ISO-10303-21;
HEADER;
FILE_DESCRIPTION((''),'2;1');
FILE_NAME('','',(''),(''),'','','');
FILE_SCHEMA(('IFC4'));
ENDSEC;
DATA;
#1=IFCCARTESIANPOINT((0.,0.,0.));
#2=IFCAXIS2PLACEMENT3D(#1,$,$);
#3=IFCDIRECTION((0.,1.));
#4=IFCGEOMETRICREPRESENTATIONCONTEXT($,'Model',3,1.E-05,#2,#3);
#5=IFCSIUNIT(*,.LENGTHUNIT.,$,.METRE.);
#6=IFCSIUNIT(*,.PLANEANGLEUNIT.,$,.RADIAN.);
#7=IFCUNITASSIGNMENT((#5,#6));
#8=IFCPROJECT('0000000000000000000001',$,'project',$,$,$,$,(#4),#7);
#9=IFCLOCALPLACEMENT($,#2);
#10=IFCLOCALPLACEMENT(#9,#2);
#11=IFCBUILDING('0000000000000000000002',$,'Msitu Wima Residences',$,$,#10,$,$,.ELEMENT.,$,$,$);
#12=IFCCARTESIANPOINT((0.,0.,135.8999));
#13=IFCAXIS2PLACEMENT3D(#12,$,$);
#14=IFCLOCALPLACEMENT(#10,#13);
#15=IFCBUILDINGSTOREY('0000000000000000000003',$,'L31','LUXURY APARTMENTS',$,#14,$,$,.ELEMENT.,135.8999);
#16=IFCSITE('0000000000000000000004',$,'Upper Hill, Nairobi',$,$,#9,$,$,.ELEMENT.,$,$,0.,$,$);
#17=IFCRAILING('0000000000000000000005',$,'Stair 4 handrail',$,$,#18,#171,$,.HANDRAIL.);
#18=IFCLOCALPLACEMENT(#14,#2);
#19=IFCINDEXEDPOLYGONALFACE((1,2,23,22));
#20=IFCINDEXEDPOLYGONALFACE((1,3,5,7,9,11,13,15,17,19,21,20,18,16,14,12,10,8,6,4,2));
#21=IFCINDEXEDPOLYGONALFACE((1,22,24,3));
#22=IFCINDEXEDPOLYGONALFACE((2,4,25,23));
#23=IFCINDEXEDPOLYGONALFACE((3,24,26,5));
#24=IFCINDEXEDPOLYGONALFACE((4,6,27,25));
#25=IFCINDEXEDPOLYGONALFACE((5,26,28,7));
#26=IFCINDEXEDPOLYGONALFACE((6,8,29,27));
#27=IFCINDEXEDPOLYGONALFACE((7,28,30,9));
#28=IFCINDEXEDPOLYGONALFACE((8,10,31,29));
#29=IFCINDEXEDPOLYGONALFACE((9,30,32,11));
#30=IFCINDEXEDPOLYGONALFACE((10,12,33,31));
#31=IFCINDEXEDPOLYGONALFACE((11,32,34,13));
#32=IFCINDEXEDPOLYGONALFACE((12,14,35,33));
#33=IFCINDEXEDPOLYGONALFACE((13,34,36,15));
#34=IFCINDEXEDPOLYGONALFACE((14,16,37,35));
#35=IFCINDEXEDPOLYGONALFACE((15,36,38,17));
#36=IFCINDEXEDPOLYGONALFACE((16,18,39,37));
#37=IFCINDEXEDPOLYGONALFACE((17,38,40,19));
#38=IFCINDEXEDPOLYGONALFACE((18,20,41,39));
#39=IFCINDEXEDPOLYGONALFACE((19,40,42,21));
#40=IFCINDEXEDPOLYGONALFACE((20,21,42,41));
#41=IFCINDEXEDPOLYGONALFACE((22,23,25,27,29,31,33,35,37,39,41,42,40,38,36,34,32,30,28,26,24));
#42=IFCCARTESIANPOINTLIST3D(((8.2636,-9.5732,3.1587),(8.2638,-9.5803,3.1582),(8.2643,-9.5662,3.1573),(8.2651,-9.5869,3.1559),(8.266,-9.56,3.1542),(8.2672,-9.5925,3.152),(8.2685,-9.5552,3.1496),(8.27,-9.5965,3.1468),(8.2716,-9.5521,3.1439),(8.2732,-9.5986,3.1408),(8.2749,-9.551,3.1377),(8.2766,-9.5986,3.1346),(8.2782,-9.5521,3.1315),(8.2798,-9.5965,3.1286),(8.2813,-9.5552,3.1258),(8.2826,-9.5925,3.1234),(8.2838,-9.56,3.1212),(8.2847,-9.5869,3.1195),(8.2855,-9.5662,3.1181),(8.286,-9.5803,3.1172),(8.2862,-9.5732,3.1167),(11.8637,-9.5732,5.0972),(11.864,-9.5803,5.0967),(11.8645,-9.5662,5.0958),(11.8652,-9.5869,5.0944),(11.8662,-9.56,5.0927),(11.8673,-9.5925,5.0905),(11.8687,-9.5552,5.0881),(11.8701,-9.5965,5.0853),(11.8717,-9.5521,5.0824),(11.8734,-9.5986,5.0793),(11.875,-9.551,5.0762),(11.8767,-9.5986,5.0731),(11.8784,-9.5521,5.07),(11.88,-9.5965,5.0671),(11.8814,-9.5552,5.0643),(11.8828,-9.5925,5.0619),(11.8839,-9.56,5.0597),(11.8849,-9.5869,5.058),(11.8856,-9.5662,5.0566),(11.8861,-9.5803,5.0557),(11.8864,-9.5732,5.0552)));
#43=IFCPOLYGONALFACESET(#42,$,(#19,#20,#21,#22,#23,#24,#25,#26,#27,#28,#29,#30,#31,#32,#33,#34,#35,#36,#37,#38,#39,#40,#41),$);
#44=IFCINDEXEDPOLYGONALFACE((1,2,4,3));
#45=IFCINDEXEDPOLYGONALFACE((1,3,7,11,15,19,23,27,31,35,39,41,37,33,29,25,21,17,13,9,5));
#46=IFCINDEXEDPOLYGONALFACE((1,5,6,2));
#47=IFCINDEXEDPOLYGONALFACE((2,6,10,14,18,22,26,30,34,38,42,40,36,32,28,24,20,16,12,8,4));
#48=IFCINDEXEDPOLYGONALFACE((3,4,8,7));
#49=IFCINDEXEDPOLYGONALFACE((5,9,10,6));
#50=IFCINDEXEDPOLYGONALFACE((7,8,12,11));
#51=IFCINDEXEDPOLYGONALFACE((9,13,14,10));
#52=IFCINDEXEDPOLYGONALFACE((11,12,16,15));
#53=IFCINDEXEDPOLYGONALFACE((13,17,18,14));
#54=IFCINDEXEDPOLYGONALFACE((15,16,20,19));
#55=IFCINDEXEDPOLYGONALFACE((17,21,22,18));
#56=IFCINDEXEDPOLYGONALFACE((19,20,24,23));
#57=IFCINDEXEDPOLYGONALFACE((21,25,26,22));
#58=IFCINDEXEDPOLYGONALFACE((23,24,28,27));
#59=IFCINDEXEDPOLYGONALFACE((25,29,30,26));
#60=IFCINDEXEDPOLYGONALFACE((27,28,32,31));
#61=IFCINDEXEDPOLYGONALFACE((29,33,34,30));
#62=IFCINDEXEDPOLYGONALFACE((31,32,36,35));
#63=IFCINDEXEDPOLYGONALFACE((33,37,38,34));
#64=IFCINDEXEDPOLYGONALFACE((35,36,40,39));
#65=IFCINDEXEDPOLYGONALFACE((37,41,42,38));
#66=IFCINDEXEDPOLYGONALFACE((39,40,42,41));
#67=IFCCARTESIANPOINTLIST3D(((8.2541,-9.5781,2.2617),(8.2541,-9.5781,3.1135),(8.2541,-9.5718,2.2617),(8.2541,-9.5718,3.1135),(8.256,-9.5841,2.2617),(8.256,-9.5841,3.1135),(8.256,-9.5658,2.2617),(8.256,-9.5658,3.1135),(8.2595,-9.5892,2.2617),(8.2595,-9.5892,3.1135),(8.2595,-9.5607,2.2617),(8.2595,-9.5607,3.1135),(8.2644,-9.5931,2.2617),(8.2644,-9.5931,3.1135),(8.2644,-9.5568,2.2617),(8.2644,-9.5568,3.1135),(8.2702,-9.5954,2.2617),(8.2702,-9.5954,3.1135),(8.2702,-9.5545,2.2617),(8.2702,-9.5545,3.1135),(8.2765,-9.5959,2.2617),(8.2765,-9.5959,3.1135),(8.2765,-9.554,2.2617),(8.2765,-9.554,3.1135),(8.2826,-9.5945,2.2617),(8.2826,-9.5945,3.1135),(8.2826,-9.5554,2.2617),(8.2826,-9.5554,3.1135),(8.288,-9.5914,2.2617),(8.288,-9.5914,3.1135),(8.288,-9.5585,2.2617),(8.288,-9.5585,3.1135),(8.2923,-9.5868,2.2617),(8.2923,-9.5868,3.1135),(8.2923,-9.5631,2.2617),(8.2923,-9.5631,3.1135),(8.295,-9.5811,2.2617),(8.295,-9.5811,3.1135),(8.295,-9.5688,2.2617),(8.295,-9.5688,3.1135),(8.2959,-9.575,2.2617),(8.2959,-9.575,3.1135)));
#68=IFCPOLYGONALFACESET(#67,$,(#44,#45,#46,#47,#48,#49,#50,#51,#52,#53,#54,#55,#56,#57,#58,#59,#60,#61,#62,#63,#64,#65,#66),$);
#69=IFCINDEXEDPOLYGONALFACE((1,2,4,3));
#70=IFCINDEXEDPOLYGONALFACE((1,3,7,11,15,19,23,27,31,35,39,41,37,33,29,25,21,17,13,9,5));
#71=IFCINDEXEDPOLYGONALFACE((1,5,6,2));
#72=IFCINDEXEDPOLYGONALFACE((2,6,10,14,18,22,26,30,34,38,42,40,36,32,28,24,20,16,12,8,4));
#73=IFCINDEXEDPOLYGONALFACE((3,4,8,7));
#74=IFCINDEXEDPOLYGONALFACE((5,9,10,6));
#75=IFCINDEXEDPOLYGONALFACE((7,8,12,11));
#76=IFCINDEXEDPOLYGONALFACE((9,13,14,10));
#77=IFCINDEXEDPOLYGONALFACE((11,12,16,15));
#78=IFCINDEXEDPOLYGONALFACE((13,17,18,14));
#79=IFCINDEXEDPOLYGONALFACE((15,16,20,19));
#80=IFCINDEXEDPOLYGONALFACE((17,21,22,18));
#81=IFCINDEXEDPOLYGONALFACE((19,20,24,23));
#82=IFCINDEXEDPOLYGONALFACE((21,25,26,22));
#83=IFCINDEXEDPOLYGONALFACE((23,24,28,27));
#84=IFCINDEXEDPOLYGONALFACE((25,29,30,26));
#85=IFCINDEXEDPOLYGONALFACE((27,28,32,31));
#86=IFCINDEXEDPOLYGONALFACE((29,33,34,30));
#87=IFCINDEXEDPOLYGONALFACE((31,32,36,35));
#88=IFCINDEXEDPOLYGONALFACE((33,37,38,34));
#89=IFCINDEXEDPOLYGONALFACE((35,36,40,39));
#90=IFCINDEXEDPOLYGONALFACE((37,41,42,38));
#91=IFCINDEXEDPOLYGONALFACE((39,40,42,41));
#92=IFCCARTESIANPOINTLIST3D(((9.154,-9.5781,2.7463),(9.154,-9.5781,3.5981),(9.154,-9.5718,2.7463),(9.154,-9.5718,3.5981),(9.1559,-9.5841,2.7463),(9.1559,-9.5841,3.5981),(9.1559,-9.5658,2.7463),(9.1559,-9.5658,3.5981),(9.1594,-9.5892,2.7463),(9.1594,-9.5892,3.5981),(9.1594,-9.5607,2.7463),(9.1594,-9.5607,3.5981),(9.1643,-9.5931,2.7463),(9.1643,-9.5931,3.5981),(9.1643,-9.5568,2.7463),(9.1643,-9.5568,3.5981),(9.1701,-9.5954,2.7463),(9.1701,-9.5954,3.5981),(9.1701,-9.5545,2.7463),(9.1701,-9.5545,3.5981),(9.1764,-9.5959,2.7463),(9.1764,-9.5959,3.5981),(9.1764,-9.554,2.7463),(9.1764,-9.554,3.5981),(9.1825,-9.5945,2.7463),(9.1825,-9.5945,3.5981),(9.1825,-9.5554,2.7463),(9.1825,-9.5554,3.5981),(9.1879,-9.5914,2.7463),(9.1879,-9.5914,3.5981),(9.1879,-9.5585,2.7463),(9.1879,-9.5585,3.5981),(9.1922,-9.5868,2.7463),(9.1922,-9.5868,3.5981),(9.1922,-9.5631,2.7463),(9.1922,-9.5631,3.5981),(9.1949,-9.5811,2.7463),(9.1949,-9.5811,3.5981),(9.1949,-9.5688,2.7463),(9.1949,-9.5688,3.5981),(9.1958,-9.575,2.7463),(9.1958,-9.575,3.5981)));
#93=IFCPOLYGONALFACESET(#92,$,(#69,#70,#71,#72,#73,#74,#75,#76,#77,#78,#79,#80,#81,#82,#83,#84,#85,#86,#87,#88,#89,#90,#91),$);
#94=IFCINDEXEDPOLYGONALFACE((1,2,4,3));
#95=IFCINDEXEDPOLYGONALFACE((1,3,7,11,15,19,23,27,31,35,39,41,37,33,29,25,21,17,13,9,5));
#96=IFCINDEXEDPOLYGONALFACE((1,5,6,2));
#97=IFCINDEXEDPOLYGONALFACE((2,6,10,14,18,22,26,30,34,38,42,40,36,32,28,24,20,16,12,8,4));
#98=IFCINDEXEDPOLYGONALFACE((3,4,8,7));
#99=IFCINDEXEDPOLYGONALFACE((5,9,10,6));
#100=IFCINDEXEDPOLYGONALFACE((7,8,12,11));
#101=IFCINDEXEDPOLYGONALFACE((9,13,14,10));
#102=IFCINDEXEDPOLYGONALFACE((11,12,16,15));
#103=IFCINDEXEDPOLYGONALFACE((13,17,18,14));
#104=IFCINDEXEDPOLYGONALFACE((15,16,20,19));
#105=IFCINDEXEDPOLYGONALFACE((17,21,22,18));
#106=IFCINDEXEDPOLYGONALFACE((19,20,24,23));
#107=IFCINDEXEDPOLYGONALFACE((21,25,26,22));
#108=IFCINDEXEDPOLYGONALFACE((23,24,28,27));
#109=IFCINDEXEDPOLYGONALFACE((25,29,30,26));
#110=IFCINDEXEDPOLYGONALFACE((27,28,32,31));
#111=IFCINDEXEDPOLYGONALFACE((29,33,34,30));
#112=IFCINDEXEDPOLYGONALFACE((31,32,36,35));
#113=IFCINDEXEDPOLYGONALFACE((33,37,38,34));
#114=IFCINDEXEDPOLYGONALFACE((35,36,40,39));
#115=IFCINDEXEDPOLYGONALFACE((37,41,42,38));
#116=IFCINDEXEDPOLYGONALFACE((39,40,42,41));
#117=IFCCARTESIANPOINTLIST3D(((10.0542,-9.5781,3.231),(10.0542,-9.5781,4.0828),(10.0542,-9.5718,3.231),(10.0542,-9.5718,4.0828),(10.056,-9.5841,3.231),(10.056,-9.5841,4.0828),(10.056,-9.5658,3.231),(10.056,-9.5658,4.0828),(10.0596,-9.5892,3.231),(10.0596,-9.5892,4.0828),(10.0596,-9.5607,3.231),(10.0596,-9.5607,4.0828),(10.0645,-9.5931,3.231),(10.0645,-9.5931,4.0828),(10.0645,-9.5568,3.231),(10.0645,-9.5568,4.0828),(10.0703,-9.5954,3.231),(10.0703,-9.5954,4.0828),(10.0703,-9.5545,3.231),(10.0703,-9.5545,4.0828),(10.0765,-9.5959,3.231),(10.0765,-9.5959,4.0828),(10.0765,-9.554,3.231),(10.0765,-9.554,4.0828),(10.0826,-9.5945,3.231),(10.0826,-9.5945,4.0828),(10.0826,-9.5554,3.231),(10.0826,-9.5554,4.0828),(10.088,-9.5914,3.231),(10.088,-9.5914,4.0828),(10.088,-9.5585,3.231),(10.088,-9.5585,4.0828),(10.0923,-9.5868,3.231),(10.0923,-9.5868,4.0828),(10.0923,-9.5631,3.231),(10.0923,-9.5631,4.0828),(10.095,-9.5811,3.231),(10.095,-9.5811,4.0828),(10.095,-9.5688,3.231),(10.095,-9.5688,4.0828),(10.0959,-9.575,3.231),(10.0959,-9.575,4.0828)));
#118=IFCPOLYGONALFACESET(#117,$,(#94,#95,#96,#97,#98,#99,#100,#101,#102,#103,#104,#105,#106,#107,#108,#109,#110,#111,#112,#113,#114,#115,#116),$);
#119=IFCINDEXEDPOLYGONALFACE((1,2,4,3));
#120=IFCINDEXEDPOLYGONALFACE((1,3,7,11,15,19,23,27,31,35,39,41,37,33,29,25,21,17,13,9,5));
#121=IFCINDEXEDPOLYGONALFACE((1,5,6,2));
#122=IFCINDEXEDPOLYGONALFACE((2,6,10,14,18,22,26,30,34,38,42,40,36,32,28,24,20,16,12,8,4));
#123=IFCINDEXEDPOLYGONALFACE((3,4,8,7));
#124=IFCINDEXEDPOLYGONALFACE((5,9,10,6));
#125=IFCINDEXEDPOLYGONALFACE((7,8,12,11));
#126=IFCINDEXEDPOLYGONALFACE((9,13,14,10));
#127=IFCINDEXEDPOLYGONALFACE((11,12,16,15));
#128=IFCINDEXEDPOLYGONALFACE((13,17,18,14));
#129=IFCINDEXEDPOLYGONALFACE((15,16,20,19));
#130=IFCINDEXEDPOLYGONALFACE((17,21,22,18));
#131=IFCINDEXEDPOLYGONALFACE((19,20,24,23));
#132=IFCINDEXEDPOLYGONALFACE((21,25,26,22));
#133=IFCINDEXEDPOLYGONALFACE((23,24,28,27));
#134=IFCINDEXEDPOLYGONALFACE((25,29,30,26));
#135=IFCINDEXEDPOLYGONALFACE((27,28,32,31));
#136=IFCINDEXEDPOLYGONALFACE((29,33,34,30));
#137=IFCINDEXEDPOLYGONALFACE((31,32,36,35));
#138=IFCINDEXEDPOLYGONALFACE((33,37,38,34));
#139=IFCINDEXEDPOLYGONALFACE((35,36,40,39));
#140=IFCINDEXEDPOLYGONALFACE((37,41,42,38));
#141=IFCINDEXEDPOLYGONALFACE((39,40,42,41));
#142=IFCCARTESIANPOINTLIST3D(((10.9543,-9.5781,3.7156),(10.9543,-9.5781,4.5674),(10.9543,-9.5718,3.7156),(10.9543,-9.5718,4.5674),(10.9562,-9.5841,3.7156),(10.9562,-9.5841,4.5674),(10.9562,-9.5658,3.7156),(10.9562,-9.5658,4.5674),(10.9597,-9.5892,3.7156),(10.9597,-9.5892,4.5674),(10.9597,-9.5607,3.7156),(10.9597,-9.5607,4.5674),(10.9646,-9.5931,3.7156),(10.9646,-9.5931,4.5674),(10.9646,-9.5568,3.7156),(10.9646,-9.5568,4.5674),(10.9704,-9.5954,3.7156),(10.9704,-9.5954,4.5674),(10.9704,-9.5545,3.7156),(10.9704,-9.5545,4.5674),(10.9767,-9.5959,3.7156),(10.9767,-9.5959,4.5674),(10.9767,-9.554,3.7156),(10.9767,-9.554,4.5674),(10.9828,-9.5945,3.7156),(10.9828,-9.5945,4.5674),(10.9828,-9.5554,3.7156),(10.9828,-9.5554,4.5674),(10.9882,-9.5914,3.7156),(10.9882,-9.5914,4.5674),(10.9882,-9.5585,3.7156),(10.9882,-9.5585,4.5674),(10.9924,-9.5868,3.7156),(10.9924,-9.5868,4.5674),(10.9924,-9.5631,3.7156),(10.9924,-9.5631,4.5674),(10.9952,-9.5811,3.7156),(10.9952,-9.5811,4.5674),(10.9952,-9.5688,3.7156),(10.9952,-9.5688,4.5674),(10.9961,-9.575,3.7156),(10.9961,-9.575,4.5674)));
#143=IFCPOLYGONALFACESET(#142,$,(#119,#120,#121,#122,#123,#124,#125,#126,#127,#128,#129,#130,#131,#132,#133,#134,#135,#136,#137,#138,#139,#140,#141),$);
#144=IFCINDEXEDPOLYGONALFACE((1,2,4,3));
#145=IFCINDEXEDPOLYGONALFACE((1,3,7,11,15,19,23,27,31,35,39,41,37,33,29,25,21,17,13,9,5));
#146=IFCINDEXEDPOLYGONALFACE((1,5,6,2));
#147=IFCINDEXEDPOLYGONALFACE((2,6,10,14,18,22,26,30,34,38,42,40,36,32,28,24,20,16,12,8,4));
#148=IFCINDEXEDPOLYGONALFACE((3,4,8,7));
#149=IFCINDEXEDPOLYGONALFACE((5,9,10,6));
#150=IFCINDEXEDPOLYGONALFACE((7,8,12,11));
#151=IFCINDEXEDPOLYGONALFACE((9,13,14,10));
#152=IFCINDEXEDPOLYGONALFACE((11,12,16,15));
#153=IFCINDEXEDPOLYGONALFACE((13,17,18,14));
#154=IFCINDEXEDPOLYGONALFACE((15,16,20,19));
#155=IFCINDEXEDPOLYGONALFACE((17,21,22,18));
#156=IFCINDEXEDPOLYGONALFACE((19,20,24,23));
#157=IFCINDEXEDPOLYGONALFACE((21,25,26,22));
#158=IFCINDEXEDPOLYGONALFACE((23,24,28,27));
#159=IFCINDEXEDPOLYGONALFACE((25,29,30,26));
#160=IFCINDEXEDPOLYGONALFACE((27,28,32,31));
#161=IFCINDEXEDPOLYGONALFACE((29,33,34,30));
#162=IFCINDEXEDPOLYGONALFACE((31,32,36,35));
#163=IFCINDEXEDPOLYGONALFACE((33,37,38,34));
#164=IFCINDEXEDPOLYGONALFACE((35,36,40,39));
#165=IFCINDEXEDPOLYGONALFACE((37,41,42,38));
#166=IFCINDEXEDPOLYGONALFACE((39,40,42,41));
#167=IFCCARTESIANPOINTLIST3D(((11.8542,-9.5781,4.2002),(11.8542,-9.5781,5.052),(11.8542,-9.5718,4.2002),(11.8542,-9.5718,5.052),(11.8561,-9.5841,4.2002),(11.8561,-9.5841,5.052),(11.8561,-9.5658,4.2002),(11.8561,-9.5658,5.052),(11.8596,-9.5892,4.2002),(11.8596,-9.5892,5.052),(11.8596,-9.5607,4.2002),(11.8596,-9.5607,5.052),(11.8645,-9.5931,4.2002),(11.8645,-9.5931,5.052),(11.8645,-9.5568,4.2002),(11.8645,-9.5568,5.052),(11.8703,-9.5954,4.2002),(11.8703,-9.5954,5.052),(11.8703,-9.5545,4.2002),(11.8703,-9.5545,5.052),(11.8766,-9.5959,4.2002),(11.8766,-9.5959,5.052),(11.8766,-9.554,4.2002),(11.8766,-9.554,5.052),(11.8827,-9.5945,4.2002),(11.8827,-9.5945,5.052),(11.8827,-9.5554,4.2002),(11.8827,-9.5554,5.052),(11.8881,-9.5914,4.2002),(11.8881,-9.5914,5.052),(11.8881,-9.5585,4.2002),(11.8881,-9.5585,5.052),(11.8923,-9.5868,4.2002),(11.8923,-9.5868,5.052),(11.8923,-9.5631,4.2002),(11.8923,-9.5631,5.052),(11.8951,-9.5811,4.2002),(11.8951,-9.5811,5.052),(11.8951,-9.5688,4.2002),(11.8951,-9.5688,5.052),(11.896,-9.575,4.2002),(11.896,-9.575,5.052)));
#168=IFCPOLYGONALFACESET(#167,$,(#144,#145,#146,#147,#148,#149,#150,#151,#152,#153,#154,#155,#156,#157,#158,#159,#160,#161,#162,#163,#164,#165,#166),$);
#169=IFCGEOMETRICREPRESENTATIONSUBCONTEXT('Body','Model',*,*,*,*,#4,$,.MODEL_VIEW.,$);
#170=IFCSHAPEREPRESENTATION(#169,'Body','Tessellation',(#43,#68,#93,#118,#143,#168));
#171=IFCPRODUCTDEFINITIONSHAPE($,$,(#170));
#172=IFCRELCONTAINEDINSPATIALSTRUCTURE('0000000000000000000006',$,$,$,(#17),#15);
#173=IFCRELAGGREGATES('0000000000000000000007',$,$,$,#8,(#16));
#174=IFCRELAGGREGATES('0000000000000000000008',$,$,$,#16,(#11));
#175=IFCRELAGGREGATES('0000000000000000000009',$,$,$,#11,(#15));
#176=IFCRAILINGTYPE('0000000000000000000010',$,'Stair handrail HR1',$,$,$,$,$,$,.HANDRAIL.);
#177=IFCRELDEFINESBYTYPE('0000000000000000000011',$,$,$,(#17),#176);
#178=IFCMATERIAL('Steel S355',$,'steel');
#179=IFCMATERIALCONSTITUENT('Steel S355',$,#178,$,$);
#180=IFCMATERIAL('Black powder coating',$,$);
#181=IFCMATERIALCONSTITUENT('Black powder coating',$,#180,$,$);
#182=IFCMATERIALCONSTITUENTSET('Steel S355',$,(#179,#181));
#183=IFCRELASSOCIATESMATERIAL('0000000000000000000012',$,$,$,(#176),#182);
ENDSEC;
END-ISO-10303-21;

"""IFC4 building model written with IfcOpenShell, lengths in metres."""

from ifc_helpers import new_model, si_unit, direction, frame, origin, origin_2d, place, context, subcontext, project, spatial, circle, extrude, material, constituent, constituent_set, type_object, element, save


model = new_model("IFC4")

# Units and contexts
model_context = context("Model", 3, precision=1e-05, world=origin(), true_north=direction((0.0, 1.0)))
body_context = subcontext(model_context, "Body", "Model", "MODEL_VIEW")
ifc_project = project(units=[si_unit("LENGTHUNIT", "METRE"), si_unit("PLANEANGLEUNIT", "RADIAN")], contexts=[model_context])

# Site, building, storey
site_placement = place(None, origin())
site = spatial("IfcSite", under=ifc_project, at=site_placement, Name="Upper Hill, Nairobi", CompositionType="ELEMENT", RefElevation=0.0)
building_placement = place(site_placement, origin())
building = spatial("IfcBuilding", under=site, at=building_placement, Name="Msitu Wima Residences", CompositionType="ELEMENT")
storey_placement = place(building_placement, frame((0.0, 0.0, 135.8999)))
storey = spatial("IfcBuildingStorey", under=building, at=storey_placement, Name="L31", Description="LUXURY APARTMENTS", CompositionType="ELEMENT", Elevation=135.8999)

# Railing
ifc_material_1 = material(Name="Steel S355", Category="steel")
ifc_constituent_1 = constituent(ifc_material_1, Name="Steel S355")
ifc_material_2 = material(Name="Black powder coating")
ifc_constituent_2 = constituent(ifc_material_2, Name="Black powder coating")
ifc_constituent_set = constituent_set(constituents=[ifc_constituent_1, ifc_constituent_2], Name="Steel S355")
railing_type = type_object("IfcRailingType", Name="Stair handrail HR1", PredefinedType="HANDRAIL", material=ifc_constituent_set)
for number, where, name in (
    (1, (8.2749, -9.575, 2.2617), "Stair 4 handrail"),
):
    element("IfcRailing", number, at=place(storey_placement, frame(where)), inside=storey, type_object=railing_type, Name=name, PredefinedType="HANDRAIL", context=body_context, shape_type="SweptSolid", body=[
        extrude(circle(Radius=0.0239, at=origin_2d()), frame((0.0, 0.0, 0.876), z_axis=(0.880475, 0.0, 0.474093), x_axis=(0.0, 1.0, 0.0)), (0.0, 0.0, 1.0), 4.0889),
        extrude(circle(Radius=0.021, at=origin_2d()), origin(), (0.0, 0.0, 1.0), 0.8518),
        extrude(circle(Radius=0.021, at=origin_2d()), frame((0.8999, 0.0, 0.4846)), (0.0, 0.0, 1.0), 0.8518),
        extrude(circle(Radius=0.021, at=origin_2d()), frame((1.8, 0.0, 0.9692)), (0.0, 0.0, 1.0), 0.8518),
        extrude(circle(Radius=0.021, at=origin_2d()), frame((2.7002, 0.0, 1.4539)), (0.0, 0.0, 1.0), 0.8518),
        extrude(circle(Radius=0.021, at=origin_2d()), frame((3.6001, 0.0, 1.9385)), (0.0, 0.0, 1.0), 0.8518),
    ])

save(model, "model.ifc")
